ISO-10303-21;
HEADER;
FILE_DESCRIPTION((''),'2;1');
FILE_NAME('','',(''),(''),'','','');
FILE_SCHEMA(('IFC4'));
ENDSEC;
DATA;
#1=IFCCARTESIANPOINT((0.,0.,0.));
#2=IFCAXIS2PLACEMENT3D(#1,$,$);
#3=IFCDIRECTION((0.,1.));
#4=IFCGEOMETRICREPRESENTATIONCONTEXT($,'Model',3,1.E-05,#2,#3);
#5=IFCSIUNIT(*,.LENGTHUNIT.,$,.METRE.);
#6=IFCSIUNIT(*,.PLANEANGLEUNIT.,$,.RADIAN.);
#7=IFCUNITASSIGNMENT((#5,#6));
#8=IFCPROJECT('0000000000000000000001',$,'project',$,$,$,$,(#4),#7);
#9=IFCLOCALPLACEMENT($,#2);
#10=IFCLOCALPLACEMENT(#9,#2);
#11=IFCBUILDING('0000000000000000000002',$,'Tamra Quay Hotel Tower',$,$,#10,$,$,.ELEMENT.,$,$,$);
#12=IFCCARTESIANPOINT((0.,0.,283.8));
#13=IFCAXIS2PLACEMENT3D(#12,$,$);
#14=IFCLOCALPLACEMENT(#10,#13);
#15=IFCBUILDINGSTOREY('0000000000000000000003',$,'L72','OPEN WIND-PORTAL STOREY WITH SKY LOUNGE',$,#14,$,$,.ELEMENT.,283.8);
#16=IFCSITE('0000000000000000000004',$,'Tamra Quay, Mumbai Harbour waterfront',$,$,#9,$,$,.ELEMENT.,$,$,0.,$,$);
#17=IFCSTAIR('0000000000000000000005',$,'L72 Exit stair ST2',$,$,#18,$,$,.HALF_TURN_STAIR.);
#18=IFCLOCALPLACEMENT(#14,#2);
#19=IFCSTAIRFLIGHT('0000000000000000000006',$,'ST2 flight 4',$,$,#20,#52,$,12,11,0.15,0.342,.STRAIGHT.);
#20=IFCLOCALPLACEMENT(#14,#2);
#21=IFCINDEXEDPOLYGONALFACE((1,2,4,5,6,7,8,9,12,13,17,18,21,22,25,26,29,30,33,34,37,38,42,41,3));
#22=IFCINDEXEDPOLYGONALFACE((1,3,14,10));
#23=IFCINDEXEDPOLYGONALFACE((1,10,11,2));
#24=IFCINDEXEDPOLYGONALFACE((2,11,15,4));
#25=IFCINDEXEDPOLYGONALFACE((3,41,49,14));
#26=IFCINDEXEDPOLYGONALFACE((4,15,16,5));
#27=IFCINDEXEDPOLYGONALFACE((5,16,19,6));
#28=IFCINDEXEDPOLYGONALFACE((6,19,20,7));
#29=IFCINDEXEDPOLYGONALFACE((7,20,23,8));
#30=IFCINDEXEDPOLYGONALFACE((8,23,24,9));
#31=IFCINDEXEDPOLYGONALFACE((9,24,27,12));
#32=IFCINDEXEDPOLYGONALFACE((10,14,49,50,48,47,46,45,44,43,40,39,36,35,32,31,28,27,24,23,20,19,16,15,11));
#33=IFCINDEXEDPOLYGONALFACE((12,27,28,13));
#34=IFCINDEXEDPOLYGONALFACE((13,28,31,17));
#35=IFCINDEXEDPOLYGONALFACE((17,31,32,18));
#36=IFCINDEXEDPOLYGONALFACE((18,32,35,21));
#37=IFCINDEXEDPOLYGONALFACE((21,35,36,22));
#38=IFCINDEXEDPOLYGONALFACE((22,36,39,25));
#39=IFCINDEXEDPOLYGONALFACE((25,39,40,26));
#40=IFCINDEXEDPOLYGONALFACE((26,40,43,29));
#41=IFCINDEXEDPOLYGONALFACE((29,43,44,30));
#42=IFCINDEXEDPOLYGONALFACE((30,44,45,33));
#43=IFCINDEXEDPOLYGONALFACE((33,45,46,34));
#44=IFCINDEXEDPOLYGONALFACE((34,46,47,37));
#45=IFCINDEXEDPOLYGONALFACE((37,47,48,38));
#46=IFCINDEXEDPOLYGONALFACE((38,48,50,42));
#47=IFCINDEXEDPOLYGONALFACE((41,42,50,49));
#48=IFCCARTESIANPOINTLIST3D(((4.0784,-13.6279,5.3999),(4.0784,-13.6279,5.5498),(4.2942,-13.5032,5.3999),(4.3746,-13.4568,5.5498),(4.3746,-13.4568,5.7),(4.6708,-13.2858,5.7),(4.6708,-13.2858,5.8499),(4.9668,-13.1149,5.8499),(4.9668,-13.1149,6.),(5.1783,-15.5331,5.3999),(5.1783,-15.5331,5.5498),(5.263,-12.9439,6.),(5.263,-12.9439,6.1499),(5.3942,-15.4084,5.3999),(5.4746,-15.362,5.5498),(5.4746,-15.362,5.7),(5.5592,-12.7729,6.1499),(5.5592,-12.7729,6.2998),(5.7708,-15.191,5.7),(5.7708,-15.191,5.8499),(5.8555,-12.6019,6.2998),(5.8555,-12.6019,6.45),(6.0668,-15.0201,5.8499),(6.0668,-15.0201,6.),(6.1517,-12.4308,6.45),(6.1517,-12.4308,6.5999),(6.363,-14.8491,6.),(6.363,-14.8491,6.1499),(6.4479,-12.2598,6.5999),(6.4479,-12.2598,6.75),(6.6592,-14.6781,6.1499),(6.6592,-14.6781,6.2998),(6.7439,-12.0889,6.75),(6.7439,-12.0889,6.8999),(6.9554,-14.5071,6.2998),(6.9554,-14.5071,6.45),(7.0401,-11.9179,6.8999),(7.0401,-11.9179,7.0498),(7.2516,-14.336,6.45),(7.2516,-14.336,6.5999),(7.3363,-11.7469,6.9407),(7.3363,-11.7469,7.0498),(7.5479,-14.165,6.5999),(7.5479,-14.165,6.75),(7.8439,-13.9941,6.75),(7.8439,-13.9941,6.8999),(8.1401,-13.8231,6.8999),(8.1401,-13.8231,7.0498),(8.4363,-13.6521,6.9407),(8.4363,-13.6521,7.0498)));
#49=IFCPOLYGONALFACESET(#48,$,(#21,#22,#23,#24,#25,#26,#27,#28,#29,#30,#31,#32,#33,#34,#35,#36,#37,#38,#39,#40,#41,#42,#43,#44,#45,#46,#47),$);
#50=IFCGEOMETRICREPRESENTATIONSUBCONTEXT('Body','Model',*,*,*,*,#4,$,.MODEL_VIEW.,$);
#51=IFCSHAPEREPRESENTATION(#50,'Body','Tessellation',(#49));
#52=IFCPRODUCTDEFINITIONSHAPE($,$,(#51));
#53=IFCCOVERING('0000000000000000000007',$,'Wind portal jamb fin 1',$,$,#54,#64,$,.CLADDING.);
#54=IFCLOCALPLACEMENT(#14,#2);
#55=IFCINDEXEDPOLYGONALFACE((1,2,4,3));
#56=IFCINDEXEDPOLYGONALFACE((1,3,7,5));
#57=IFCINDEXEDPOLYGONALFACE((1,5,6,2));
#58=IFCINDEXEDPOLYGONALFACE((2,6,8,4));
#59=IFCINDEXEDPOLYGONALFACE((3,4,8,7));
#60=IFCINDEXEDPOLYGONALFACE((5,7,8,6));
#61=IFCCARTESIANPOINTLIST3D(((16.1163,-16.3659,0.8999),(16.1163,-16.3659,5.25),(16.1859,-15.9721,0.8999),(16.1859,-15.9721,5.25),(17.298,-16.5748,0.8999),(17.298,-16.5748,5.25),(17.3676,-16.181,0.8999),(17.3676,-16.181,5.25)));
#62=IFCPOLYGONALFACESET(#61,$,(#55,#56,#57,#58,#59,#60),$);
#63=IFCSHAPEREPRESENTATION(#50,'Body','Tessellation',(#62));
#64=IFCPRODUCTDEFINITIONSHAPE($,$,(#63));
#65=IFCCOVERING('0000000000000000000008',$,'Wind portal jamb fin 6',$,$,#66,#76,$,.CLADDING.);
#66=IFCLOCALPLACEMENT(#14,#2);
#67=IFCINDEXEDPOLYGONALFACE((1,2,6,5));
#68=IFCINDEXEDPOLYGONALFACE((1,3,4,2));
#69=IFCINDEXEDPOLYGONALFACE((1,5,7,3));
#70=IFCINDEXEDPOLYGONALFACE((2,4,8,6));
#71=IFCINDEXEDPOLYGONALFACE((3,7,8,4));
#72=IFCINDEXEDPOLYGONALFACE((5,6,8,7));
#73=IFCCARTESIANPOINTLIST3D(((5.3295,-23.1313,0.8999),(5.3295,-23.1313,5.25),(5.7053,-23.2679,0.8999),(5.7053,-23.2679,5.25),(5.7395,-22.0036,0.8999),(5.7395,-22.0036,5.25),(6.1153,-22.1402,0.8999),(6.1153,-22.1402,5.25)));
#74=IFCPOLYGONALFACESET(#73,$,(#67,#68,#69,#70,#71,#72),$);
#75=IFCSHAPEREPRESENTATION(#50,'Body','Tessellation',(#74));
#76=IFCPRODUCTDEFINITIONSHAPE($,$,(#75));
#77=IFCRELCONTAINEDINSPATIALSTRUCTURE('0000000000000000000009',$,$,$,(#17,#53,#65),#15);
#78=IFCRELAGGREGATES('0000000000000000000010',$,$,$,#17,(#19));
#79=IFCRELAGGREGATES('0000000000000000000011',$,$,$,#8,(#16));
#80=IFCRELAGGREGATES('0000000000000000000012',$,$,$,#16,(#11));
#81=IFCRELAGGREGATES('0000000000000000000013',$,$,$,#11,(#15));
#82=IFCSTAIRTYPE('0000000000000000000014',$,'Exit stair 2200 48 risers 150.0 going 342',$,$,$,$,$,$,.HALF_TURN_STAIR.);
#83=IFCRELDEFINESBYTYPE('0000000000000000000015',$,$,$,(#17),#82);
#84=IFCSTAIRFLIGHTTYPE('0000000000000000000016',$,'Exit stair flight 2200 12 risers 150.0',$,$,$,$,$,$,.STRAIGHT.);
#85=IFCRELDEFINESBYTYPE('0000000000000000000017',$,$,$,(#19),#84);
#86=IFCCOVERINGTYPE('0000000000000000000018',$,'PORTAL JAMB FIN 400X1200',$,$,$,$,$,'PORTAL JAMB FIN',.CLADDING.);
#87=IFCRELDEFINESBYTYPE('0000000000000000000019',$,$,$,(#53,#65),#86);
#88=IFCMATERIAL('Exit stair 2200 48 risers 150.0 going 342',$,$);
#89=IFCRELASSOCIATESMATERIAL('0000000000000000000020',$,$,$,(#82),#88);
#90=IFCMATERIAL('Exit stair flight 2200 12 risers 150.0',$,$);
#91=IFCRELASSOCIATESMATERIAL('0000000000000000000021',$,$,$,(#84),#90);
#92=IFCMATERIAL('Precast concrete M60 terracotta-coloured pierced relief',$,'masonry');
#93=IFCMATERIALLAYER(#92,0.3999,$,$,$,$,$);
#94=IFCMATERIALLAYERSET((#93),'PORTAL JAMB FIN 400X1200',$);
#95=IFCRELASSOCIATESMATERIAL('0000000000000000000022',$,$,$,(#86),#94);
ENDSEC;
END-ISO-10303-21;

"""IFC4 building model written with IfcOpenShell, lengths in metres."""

from ifc_helpers import new_model, si_unit, direction, frame, origin, origin_2d, place, context, subcontext, project, spatial, polyline, rectangle, outline, extrude, material, layer, layer_set, type_object, element, aggregate, save


model = new_model("IFC4")

# Units and contexts
model_context = context("Model", 3, precision=1e-05, world=origin(), true_north=direction((0.0, 1.0)))
body_context = subcontext(model_context, "Body", "Model", "MODEL_VIEW")
ifc_project = project(units=[si_unit("LENGTHUNIT", "METRE"), si_unit("PLANEANGLEUNIT", "RADIAN")], contexts=[model_context])

# Site, building, storey
site_placement = place(None, origin())
site = spatial("IfcSite", under=ifc_project, at=site_placement, Name="Tamra Quay, Mumbai Harbour waterfront", CompositionType="ELEMENT", RefElevation=0.0)
building_placement = place(site_placement, origin())
building = spatial("IfcBuilding", under=site, at=building_placement, Name="Tamra Quay Hotel Tower", CompositionType="ELEMENT")
storey_placement = place(building_placement, frame((0.0, 0.0, 283.8)))
storey = spatial("IfcBuildingStorey", under=building, at=storey_placement, Name="L72", Description="OPEN WIND-PORTAL STOREY WITH SKY LOUNGE", CompositionType="ELEMENT", Elevation=283.8)

# Stair, stair flight
ifc_material_1 = material(Name="Exit stair 2200 48 risers 150.0 going 342")
stair_type = type_object("IfcStairType", Name="Exit stair 2200 48 risers 150.0 going 342", PredefinedType="HALF_TURN_STAIR", material=ifc_material_1)
stair_placement = place(storey_placement, origin())
stair = element("IfcStair", 1, at=stair_placement, inside=storey, type_object=stair_type, Name="L72 Exit stair ST2", PredefinedType="HALF_TURN_STAIR")
ifc_material_2 = material(Name="Exit stair flight 2200 12 risers 150.0")
stair_flight_type = type_object("IfcStairFlightType", Name="Exit stair flight 2200 12 risers 150.0", PredefinedType="STRAIGHT", material=ifc_material_2)
stair_flight_placement = place(storey_placement, frame((4.6284, -14.5806, 5.3999), z_axis=(0.0, 0.0, 1.0), x_axis=(0.866025, 0.5, 0.0)))
stair_flight = element("IfcStairFlight", 2, at=stair_flight_placement, type_object=stair_flight_type, Name="ST2 flight 4", NumberOfRisers=12, NumberOfTreads=11, PredefinedType="STRAIGHT", RiserHeight=0.15, TreadLength=0.342, context=body_context, shape_type="SweptSolid", body=[
    extrude(outline(polyline([(0.0, 0.0), (0.0, 0.1499), (0.342, 0.1499), (0.342, 0.3), (0.6841, 0.3), (0.6841, 0.45), (1.0259, 0.45), (1.0259, 0.6001), (1.3679, 0.6001), (1.3679, 0.75), (1.71, 0.75), (1.71, 0.8999), (2.052, 0.8999), (2.052, 1.05), (2.394, 1.05), (2.394, 1.2), (2.7361, 1.2), (2.7361, 1.3501), (3.0779, 1.3501), (3.0779, 1.5), (3.4199, 1.5), (3.4199, 1.6499), (3.762, 1.6499), (3.762, 1.8), (3.762, 1.5408), (0.2493, 0.0), (0.0, 0.0)])), frame((0.0, 1.1001, 0.0), z_axis=(0.0, -1.0, 0.0), x_axis=(1.0, 0.0, 0.0)), (0.0, 0.0, 1.0), 2.2),
])
aggregate(stair, [stair_flight])

# Coverings
ifc_material_3 = material(Name="Precast concrete M60 terracotta-coloured pierced relief", Category="masonry")
ifc_layer_1 = layer(ifc_material_3, 0.3999)
ifc_layer_set_1 = layer_set([ifc_layer_1], Name="PORTAL JAMB FIN 400X1200")
covering_type_1 = type_object("IfcCoveringType", Name="PORTAL JAMB FIN 400X1200", ElementType="PORTAL JAMB FIN", PredefinedType="CLADDING", material=ifc_layer_set_1)
for number, where, z_axis, x_axis, name in (
    (3, (16.7419, -16.2734, 0.8999), (0.0, 0.0, 1.0), (0.174033, 0.98474, 0.0), "Wind portal jamb fin 1"),
    (4, (5.7224, -22.6357, 0.8999), (0.0, 0.0, 1.0), (0.939826, -0.341653, 0.0), "Wind portal jamb fin 6"),
):
    element("IfcCovering", number, at=place(storey_placement, frame(where, z_axis=z_axis, x_axis=x_axis)), inside=storey, type_object=covering_type_1, Name=name, PredefinedType="CLADDING", context=body_context, shape_type="SweptSolid", body=[
        extrude(rectangle(XDim=0.3999, YDim=1.2, at=origin_2d()), origin(), (0.0, 0.0, 1.0), 4.3501),
    ])

save(model, "model.ifc")
